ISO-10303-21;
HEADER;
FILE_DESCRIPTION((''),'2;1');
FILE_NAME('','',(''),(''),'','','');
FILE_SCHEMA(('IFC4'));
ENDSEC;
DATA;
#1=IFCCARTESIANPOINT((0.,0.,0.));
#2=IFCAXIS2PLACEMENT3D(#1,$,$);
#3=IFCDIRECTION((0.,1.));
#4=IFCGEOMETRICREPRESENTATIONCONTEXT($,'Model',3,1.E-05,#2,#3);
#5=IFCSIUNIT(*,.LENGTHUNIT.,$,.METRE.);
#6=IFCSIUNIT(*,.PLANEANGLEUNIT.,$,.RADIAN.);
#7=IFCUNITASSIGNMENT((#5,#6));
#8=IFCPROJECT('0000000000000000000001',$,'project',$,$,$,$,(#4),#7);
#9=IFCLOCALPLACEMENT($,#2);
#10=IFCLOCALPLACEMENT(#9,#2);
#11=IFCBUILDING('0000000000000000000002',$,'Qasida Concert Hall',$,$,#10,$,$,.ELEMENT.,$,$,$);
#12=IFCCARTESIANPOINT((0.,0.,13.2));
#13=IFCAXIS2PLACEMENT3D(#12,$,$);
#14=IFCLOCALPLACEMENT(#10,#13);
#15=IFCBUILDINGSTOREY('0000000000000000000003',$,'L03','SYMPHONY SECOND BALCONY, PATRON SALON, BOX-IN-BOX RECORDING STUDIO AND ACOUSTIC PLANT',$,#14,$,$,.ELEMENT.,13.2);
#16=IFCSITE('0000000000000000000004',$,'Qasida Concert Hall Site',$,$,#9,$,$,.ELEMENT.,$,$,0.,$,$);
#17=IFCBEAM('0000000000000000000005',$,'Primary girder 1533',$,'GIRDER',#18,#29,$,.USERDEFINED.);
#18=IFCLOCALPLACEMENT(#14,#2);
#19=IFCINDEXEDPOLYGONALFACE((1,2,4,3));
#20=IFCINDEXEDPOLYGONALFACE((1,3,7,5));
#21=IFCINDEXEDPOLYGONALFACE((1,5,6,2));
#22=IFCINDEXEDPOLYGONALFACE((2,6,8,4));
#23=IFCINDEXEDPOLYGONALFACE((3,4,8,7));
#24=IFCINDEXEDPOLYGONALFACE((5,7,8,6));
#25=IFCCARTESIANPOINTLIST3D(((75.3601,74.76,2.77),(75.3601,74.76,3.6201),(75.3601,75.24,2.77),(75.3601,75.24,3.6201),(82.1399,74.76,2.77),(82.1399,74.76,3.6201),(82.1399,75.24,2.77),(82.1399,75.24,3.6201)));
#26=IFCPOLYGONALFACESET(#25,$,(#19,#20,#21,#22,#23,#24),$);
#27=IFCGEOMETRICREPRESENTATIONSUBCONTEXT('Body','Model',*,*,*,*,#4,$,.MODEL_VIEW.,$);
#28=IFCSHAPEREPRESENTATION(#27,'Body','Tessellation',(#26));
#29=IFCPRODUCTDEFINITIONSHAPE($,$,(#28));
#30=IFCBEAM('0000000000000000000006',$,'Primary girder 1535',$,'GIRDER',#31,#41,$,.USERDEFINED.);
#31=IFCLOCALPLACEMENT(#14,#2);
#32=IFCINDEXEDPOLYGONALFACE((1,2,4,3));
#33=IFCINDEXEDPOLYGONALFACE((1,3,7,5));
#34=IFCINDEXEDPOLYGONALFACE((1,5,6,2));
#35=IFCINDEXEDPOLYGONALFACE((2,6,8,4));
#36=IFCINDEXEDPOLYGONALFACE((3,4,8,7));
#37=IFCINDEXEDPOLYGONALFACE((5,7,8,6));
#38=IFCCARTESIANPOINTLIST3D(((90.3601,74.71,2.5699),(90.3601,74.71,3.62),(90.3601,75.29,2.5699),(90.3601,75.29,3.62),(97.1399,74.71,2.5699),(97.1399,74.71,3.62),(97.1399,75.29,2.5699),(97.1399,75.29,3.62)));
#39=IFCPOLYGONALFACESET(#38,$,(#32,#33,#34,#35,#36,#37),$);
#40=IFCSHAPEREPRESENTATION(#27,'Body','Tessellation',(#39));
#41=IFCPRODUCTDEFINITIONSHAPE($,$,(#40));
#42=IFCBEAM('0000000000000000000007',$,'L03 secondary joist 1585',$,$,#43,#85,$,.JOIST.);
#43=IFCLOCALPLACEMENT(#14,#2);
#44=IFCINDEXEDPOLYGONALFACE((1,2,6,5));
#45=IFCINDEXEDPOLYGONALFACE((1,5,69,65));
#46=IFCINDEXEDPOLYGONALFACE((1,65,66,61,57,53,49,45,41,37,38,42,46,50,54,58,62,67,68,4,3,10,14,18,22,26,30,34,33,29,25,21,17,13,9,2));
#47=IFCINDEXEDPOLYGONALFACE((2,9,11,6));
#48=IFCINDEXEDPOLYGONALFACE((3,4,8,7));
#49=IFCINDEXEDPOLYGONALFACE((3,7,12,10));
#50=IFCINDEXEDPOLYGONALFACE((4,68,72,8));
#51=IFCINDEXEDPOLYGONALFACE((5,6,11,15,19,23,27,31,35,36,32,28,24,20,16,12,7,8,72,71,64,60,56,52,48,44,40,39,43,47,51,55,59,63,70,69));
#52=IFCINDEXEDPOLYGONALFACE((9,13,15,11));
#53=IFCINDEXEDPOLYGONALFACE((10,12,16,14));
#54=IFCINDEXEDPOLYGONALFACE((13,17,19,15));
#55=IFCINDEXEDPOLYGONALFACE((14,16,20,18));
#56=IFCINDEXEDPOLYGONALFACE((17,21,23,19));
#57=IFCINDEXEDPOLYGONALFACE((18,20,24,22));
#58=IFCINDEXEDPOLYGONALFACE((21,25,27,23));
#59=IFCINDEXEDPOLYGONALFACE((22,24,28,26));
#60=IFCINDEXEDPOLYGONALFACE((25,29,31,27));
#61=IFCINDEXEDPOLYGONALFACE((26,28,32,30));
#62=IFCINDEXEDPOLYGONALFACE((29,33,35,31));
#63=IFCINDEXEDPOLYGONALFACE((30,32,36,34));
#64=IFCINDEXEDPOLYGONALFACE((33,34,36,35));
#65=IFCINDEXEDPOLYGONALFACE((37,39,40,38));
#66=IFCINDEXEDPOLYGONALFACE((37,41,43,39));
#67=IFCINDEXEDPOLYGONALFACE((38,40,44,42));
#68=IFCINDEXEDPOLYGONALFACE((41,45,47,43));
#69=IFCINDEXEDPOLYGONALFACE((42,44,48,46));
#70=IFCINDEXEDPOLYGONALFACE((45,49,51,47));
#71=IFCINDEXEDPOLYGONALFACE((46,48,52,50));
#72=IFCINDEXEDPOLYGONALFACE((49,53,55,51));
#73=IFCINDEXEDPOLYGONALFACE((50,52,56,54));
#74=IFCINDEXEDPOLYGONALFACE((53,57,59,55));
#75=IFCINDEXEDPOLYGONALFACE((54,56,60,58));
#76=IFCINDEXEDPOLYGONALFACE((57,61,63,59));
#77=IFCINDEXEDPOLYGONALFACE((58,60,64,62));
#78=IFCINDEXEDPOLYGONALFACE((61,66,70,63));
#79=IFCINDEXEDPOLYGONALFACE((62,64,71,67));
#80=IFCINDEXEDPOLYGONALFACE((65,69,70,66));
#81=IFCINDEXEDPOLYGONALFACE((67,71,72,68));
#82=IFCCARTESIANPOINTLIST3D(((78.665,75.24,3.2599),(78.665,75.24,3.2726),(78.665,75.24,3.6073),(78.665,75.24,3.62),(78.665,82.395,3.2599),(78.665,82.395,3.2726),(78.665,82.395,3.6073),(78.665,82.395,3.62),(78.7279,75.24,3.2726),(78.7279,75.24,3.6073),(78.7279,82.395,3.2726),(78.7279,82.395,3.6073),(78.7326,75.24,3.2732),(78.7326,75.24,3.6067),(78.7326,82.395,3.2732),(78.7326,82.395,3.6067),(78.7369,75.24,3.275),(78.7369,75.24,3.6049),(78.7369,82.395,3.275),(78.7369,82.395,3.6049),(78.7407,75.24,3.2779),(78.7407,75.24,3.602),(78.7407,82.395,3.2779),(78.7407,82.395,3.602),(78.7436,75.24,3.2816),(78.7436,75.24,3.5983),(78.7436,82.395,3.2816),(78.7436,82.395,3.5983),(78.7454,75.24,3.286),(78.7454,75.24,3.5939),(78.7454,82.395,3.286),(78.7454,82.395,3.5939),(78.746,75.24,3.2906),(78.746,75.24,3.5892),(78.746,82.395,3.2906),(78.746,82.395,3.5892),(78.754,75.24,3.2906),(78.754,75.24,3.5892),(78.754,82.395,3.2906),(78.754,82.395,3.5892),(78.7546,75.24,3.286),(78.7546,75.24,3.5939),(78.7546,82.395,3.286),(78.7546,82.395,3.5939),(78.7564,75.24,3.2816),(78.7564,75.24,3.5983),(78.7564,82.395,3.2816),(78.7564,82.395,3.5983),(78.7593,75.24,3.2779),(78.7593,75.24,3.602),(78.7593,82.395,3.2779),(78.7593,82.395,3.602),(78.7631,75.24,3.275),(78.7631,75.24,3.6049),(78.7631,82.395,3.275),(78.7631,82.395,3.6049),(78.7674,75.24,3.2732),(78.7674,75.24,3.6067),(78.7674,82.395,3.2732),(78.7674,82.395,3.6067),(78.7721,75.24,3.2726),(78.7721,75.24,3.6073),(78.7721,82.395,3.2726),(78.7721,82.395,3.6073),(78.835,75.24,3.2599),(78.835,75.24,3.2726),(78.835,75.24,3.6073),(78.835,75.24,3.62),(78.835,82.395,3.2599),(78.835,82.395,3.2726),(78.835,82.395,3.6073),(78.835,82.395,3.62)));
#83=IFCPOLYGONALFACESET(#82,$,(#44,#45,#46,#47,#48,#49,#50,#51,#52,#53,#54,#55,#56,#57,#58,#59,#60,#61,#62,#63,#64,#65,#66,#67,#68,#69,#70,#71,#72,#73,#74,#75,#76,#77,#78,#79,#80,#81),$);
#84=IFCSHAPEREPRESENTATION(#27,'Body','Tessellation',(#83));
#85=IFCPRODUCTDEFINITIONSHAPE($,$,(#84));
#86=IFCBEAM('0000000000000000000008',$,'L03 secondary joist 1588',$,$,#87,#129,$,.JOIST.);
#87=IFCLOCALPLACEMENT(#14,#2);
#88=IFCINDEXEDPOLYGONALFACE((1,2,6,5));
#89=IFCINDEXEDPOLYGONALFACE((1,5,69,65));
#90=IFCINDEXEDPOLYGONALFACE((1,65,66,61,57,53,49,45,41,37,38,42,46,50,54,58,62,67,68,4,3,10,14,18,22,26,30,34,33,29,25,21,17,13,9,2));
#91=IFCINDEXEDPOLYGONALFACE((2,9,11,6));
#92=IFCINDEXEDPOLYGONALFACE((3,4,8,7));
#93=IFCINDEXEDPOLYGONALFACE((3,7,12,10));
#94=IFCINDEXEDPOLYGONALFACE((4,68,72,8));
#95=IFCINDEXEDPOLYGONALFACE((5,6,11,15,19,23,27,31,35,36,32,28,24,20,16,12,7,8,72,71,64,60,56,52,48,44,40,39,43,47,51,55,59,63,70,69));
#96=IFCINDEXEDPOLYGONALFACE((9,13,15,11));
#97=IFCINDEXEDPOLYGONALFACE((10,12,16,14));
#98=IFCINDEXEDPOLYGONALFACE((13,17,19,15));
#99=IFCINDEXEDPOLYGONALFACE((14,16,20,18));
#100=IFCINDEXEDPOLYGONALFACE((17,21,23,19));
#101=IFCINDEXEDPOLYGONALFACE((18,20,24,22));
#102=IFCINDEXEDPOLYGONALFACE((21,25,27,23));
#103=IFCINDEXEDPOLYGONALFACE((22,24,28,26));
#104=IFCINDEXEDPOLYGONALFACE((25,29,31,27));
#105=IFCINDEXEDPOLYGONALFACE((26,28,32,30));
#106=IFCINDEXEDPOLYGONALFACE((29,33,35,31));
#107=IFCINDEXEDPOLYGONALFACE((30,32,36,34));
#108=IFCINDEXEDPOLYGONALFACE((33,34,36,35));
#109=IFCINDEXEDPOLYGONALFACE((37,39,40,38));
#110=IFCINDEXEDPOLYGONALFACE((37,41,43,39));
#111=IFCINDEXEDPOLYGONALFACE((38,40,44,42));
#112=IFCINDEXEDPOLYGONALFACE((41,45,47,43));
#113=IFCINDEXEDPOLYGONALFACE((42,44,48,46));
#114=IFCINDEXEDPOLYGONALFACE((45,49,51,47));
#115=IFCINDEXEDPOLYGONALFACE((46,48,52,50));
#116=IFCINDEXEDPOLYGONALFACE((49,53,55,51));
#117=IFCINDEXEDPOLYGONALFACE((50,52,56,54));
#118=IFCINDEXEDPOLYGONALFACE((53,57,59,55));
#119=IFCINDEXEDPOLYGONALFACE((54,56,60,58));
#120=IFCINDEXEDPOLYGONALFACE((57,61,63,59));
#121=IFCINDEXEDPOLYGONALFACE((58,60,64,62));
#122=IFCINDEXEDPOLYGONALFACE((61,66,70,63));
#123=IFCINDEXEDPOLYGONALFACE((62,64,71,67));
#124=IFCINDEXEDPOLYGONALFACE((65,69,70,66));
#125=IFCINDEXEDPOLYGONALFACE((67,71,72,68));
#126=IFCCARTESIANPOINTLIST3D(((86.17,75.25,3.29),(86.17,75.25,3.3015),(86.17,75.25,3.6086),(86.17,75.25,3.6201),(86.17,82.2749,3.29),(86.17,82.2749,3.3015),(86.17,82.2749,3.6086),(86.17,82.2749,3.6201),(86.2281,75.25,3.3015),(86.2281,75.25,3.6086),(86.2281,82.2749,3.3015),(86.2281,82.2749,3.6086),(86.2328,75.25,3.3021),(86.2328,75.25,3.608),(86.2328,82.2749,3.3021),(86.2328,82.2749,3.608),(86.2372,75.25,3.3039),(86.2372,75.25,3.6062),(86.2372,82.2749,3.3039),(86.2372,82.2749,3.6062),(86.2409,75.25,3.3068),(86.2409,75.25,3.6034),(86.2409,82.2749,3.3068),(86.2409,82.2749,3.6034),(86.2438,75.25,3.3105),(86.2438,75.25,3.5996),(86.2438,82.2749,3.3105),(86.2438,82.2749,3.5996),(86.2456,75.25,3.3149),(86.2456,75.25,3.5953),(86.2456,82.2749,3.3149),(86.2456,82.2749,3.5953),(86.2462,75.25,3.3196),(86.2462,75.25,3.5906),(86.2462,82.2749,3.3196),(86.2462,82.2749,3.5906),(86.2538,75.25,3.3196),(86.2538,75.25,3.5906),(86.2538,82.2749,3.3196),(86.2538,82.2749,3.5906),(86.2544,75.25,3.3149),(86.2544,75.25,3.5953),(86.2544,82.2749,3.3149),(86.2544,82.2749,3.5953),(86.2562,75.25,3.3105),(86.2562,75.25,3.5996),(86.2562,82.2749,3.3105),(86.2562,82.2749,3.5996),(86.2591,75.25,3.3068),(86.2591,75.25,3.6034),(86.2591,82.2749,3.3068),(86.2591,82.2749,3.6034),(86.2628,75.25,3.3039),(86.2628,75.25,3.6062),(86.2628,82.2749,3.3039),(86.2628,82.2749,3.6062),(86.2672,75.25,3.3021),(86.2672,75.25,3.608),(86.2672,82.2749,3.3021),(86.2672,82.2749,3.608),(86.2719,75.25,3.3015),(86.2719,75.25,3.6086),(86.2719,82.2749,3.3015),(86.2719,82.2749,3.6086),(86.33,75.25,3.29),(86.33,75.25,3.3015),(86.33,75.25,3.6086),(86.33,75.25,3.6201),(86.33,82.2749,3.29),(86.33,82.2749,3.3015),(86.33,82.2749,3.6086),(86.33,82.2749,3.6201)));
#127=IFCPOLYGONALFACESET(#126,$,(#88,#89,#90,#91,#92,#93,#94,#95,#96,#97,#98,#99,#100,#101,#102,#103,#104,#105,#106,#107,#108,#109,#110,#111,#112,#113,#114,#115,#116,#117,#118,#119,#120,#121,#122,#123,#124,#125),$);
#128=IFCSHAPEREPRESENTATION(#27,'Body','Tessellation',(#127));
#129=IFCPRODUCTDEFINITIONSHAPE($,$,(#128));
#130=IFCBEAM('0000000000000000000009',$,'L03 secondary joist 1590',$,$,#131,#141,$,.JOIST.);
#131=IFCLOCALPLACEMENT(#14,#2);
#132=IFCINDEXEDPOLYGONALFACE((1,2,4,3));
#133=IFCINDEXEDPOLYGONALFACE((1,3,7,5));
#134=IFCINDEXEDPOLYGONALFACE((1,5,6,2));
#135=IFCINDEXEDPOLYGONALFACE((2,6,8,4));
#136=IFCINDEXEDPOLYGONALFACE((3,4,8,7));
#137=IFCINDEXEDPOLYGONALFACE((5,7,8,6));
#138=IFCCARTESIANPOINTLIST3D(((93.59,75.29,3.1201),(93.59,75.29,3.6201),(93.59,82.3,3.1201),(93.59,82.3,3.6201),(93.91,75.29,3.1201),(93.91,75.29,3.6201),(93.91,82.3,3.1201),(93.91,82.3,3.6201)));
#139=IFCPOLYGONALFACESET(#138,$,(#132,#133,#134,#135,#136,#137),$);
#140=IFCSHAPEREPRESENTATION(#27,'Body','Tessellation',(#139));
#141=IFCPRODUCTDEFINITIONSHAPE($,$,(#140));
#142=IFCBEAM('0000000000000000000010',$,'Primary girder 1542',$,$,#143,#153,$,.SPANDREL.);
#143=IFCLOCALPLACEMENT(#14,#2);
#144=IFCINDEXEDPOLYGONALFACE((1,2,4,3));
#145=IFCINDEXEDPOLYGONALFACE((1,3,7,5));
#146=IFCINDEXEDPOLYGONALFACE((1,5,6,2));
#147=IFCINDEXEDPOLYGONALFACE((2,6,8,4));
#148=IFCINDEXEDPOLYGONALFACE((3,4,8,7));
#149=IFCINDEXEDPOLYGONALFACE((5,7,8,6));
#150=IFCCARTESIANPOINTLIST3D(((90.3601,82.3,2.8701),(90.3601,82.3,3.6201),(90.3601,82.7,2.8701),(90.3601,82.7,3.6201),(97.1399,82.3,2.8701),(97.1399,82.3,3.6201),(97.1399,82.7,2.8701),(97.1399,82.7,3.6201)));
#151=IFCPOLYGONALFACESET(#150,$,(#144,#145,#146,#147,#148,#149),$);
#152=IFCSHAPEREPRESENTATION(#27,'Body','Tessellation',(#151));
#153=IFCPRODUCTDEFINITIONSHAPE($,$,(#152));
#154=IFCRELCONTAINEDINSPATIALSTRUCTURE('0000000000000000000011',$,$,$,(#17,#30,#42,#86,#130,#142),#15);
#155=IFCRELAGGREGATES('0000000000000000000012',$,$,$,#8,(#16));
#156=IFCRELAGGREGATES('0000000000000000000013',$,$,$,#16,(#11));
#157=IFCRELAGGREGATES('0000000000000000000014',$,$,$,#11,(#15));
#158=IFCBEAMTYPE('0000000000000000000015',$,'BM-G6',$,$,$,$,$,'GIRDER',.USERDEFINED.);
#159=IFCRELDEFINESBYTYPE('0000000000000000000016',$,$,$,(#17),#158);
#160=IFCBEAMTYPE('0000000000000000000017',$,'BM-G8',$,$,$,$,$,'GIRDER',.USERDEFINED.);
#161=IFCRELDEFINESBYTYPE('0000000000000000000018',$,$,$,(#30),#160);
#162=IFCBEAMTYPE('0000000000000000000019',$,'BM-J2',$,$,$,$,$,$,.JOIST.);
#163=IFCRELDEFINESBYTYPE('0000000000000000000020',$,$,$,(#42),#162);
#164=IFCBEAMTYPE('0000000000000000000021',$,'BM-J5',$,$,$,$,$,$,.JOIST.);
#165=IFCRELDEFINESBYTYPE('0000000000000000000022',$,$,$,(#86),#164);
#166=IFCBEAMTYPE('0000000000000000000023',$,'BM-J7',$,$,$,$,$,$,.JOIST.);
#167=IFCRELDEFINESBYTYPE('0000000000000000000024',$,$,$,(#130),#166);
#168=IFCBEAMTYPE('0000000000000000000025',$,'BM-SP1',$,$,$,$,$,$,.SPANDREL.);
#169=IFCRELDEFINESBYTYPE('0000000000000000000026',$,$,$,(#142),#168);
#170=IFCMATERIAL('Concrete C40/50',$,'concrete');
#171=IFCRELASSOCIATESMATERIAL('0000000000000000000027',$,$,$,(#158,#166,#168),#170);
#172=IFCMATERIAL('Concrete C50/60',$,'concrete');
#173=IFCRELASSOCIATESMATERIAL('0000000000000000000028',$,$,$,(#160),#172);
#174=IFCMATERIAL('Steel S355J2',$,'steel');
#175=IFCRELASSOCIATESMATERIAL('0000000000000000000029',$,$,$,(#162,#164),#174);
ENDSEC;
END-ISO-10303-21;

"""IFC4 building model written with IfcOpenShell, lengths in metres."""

from ifc_helpers import new_model, si_unit, direction, frame, origin, origin_2d, place, context, subcontext, project, spatial, rectangle, i_section, extrude, material, material_profile, profile_set, type_object, element, save


model = new_model("IFC4")

# Units and contexts
model_context = context("Model", 3, precision=1e-05, world=origin(), true_north=direction((0.0, 1.0)))
body_context = subcontext(model_context, "Body", "Model", "MODEL_VIEW")
ifc_project = project(units=[si_unit("LENGTHUNIT", "METRE"), si_unit("PLANEANGLEUNIT", "RADIAN")], contexts=[model_context])

# Site, building, storey
site_placement = place(None, origin())
site = spatial("IfcSite", under=ifc_project, at=site_placement, Name="Qasida Concert Hall Site", CompositionType="ELEMENT", RefElevation=0.0)
building_placement = place(site_placement, origin())
building = spatial("IfcBuilding", under=site, at=building_placement, Name="Qasida Concert Hall", CompositionType="ELEMENT")
storey_placement = place(building_placement, frame((0.0, 0.0, 13.2)))
storey = spatial("IfcBuildingStorey", under=building, at=storey_placement, Name="L03", Description="SYMPHONY SECOND BALCONY, PATRON SALON, BOX-IN-BOX RECORDING STUDIO AND ACOUSTIC PLANT", CompositionType="ELEMENT", Elevation=13.2)

# Shared definitions
ifc_material_1 = material(Name="Concrete C50/60", Category="concrete")

# Beams
ifc_material_2 = material(Name="Concrete C40/50", Category="concrete")
ifc_material_3 = material(Name="Steel S355J2", Category="steel")
ifc_material_profile_1 = material_profile(ifc_material_2, rectangle(XDim=0.48, YDim=0.8501, at=origin_2d()), Name="RC 480x850")
ifc_profile_set_1 = profile_set([ifc_material_profile_1], Name="Concrete C40/50")
beam_type_1 = type_object("IfcBeamType", Name="BM-G6", ElementType="GIRDER", PredefinedType="USERDEFINED", material=ifc_profile_set_1)
beam_1_placement = place(storey_placement, frame((75.3601, 75.0, 3.1951), z_axis=(1.0, 0.0, 0.0), x_axis=(0.0, 1.0, 0.0)))
element("IfcBeam", 1, at=beam_1_placement, inside=storey, type_object=beam_type_1, Name="Primary girder 1533", ObjectType="GIRDER", PredefinedType="USERDEFINED", context=body_context, shape_type="SweptSolid", body=[
    extrude(rectangle(XDim=0.48, YDim=0.8501, at=origin_2d()), origin(), (0.0, 0.0, 1.0), 6.7798),
])
ifc_material_profile_2 = material_profile(ifc_material_1, rectangle(XDim=0.5801, YDim=1.05, at=origin_2d()), Name="RC 580x1050")
ifc_profile_set_2 = profile_set([ifc_material_profile_2], Name="Concrete C50/60")
beam_type_2 = type_object("IfcBeamType", Name="BM-G8", ElementType="GIRDER", PredefinedType="USERDEFINED", material=ifc_profile_set_2)
beam_2_placement = place(storey_placement, frame((90.3601, 75.0, 3.095), z_axis=(1.0, 0.0, 0.0), x_axis=(0.0, 1.0, 0.0)))
element("IfcBeam", 2, at=beam_2_placement, inside=storey, type_object=beam_type_2, Name="Primary girder 1535", ObjectType="GIRDER", PredefinedType="USERDEFINED", context=body_context, shape_type="SweptSolid", body=[
    extrude(rectangle(XDim=0.5801, YDim=1.05, at=origin_2d()), origin(), (0.0, 0.0, 1.0), 6.7798),
])
ifc_material_profile_3 = material_profile(ifc_material_3, i_section(OverallWidth=0.1699, OverallDepth=0.3601, WebThickness=0.0081, FlangeThickness=0.0127, FilletRadius=0.0181, at=origin_2d()), Name="IPE 360")
ifc_profile_set_3 = profile_set([ifc_material_profile_3], Name="Steel S355J2")
beam_type_3 = type_object("IfcBeamType", Name="BM-J2", PredefinedType="JOIST", material=ifc_profile_set_3)
beam_3_placement = place(storey_placement, frame((78.75, 75.24, 3.4399), z_axis=(0.0, 1.0, 0.0), x_axis=(-1.0, 0.0, 0.0)))
element("IfcBeam", 3, at=beam_3_placement, inside=storey, type_object=beam_type_3, Name="L03 secondary joist 1585", PredefinedType="JOIST", context=body_context, shape_type="SweptSolid", body=[
    extrude(i_section(OverallWidth=0.1699, OverallDepth=0.3601, WebThickness=0.0081, FlangeThickness=0.0127, FilletRadius=0.0181, at=origin_2d()), origin(), (0.0, 0.0, 1.0), 7.155),
])
ifc_material_profile_4 = material_profile(ifc_material_3, i_section(OverallWidth=0.1599, OverallDepth=0.3301, WebThickness=0.0076, FlangeThickness=0.0115, FilletRadius=0.0181, at=origin_2d()), Name="IPE 330")
ifc_profile_set_4 = profile_set([ifc_material_profile_4], Name="Steel S355J2")
beam_type_4 = type_object("IfcBeamType", Name="BM-J5", PredefinedType="JOIST", material=ifc_profile_set_4)
beam_4_placement = place(storey_placement, frame((86.25, 75.25, 3.4551), z_axis=(0.0, 1.0, 0.0), x_axis=(-1.0, 0.0, 0.0)))
element("IfcBeam", 4, at=beam_4_placement, inside=storey, type_object=beam_type_4, Name="L03 secondary joist 1588", PredefinedType="JOIST", context=body_context, shape_type="SweptSolid", body=[
    extrude(i_section(OverallWidth=0.1599, OverallDepth=0.3301, WebThickness=0.0076, FlangeThickness=0.0115, FilletRadius=0.0181, at=origin_2d()), origin(), (0.0, 0.0, 1.0), 7.0249),
])
ifc_material_profile_5 = material_profile(ifc_material_2, rectangle(XDim=0.3201, YDim=0.5, at=origin_2d()), Name="RC 320x500")
ifc_profile_set_5 = profile_set([ifc_material_profile_5], Name="Concrete C40/50")
beam_type_5 = type_object("IfcBeamType", Name="BM-J7", PredefinedType="JOIST", material=ifc_profile_set_5)
beam_5_placement = place(storey_placement, frame((93.75, 75.29, 3.3701), z_axis=(0.0, 1.0, 0.0), x_axis=(-1.0, 0.0, 0.0)))
element("IfcBeam", 5, at=beam_5_placement, inside=storey, type_object=beam_type_5, Name="L03 secondary joist 1590", PredefinedType="JOIST", context=body_context, shape_type="SweptSolid", body=[
    extrude(rectangle(XDim=0.3201, YDim=0.5, at=origin_2d()), origin(), (0.0, 0.0, 1.0), 7.01),
])
ifc_material_profile_6 = material_profile(ifc_material_2, rectangle(XDim=0.3999, YDim=0.75, at=origin_2d()), Name="RC 400x750")
ifc_profile_set_6 = profile_set([ifc_material_profile_6], Name="Concrete C40/50")
beam_type_6 = type_object("IfcBeamType", Name="BM-SP1", PredefinedType="SPANDREL", material=ifc_profile_set_6)
beam_6_placement = place(storey_placement, frame((90.3601, 82.5, 3.2451), z_axis=(1.0, 0.0, 0.0), x_axis=(0.0, 1.0, 0.0)))
element("IfcBeam", 6, at=beam_6_placement, inside=storey, type_object=beam_type_6, Name="Primary girder 1542", PredefinedType="SPANDREL", context=body_context, shape_type="SweptSolid", body=[
    extrude(rectangle(XDim=0.3999, YDim=0.75, at=origin_2d()), origin(), (0.0, 0.0, 1.0), 6.7798),
])

save(model, "model.ifc")
